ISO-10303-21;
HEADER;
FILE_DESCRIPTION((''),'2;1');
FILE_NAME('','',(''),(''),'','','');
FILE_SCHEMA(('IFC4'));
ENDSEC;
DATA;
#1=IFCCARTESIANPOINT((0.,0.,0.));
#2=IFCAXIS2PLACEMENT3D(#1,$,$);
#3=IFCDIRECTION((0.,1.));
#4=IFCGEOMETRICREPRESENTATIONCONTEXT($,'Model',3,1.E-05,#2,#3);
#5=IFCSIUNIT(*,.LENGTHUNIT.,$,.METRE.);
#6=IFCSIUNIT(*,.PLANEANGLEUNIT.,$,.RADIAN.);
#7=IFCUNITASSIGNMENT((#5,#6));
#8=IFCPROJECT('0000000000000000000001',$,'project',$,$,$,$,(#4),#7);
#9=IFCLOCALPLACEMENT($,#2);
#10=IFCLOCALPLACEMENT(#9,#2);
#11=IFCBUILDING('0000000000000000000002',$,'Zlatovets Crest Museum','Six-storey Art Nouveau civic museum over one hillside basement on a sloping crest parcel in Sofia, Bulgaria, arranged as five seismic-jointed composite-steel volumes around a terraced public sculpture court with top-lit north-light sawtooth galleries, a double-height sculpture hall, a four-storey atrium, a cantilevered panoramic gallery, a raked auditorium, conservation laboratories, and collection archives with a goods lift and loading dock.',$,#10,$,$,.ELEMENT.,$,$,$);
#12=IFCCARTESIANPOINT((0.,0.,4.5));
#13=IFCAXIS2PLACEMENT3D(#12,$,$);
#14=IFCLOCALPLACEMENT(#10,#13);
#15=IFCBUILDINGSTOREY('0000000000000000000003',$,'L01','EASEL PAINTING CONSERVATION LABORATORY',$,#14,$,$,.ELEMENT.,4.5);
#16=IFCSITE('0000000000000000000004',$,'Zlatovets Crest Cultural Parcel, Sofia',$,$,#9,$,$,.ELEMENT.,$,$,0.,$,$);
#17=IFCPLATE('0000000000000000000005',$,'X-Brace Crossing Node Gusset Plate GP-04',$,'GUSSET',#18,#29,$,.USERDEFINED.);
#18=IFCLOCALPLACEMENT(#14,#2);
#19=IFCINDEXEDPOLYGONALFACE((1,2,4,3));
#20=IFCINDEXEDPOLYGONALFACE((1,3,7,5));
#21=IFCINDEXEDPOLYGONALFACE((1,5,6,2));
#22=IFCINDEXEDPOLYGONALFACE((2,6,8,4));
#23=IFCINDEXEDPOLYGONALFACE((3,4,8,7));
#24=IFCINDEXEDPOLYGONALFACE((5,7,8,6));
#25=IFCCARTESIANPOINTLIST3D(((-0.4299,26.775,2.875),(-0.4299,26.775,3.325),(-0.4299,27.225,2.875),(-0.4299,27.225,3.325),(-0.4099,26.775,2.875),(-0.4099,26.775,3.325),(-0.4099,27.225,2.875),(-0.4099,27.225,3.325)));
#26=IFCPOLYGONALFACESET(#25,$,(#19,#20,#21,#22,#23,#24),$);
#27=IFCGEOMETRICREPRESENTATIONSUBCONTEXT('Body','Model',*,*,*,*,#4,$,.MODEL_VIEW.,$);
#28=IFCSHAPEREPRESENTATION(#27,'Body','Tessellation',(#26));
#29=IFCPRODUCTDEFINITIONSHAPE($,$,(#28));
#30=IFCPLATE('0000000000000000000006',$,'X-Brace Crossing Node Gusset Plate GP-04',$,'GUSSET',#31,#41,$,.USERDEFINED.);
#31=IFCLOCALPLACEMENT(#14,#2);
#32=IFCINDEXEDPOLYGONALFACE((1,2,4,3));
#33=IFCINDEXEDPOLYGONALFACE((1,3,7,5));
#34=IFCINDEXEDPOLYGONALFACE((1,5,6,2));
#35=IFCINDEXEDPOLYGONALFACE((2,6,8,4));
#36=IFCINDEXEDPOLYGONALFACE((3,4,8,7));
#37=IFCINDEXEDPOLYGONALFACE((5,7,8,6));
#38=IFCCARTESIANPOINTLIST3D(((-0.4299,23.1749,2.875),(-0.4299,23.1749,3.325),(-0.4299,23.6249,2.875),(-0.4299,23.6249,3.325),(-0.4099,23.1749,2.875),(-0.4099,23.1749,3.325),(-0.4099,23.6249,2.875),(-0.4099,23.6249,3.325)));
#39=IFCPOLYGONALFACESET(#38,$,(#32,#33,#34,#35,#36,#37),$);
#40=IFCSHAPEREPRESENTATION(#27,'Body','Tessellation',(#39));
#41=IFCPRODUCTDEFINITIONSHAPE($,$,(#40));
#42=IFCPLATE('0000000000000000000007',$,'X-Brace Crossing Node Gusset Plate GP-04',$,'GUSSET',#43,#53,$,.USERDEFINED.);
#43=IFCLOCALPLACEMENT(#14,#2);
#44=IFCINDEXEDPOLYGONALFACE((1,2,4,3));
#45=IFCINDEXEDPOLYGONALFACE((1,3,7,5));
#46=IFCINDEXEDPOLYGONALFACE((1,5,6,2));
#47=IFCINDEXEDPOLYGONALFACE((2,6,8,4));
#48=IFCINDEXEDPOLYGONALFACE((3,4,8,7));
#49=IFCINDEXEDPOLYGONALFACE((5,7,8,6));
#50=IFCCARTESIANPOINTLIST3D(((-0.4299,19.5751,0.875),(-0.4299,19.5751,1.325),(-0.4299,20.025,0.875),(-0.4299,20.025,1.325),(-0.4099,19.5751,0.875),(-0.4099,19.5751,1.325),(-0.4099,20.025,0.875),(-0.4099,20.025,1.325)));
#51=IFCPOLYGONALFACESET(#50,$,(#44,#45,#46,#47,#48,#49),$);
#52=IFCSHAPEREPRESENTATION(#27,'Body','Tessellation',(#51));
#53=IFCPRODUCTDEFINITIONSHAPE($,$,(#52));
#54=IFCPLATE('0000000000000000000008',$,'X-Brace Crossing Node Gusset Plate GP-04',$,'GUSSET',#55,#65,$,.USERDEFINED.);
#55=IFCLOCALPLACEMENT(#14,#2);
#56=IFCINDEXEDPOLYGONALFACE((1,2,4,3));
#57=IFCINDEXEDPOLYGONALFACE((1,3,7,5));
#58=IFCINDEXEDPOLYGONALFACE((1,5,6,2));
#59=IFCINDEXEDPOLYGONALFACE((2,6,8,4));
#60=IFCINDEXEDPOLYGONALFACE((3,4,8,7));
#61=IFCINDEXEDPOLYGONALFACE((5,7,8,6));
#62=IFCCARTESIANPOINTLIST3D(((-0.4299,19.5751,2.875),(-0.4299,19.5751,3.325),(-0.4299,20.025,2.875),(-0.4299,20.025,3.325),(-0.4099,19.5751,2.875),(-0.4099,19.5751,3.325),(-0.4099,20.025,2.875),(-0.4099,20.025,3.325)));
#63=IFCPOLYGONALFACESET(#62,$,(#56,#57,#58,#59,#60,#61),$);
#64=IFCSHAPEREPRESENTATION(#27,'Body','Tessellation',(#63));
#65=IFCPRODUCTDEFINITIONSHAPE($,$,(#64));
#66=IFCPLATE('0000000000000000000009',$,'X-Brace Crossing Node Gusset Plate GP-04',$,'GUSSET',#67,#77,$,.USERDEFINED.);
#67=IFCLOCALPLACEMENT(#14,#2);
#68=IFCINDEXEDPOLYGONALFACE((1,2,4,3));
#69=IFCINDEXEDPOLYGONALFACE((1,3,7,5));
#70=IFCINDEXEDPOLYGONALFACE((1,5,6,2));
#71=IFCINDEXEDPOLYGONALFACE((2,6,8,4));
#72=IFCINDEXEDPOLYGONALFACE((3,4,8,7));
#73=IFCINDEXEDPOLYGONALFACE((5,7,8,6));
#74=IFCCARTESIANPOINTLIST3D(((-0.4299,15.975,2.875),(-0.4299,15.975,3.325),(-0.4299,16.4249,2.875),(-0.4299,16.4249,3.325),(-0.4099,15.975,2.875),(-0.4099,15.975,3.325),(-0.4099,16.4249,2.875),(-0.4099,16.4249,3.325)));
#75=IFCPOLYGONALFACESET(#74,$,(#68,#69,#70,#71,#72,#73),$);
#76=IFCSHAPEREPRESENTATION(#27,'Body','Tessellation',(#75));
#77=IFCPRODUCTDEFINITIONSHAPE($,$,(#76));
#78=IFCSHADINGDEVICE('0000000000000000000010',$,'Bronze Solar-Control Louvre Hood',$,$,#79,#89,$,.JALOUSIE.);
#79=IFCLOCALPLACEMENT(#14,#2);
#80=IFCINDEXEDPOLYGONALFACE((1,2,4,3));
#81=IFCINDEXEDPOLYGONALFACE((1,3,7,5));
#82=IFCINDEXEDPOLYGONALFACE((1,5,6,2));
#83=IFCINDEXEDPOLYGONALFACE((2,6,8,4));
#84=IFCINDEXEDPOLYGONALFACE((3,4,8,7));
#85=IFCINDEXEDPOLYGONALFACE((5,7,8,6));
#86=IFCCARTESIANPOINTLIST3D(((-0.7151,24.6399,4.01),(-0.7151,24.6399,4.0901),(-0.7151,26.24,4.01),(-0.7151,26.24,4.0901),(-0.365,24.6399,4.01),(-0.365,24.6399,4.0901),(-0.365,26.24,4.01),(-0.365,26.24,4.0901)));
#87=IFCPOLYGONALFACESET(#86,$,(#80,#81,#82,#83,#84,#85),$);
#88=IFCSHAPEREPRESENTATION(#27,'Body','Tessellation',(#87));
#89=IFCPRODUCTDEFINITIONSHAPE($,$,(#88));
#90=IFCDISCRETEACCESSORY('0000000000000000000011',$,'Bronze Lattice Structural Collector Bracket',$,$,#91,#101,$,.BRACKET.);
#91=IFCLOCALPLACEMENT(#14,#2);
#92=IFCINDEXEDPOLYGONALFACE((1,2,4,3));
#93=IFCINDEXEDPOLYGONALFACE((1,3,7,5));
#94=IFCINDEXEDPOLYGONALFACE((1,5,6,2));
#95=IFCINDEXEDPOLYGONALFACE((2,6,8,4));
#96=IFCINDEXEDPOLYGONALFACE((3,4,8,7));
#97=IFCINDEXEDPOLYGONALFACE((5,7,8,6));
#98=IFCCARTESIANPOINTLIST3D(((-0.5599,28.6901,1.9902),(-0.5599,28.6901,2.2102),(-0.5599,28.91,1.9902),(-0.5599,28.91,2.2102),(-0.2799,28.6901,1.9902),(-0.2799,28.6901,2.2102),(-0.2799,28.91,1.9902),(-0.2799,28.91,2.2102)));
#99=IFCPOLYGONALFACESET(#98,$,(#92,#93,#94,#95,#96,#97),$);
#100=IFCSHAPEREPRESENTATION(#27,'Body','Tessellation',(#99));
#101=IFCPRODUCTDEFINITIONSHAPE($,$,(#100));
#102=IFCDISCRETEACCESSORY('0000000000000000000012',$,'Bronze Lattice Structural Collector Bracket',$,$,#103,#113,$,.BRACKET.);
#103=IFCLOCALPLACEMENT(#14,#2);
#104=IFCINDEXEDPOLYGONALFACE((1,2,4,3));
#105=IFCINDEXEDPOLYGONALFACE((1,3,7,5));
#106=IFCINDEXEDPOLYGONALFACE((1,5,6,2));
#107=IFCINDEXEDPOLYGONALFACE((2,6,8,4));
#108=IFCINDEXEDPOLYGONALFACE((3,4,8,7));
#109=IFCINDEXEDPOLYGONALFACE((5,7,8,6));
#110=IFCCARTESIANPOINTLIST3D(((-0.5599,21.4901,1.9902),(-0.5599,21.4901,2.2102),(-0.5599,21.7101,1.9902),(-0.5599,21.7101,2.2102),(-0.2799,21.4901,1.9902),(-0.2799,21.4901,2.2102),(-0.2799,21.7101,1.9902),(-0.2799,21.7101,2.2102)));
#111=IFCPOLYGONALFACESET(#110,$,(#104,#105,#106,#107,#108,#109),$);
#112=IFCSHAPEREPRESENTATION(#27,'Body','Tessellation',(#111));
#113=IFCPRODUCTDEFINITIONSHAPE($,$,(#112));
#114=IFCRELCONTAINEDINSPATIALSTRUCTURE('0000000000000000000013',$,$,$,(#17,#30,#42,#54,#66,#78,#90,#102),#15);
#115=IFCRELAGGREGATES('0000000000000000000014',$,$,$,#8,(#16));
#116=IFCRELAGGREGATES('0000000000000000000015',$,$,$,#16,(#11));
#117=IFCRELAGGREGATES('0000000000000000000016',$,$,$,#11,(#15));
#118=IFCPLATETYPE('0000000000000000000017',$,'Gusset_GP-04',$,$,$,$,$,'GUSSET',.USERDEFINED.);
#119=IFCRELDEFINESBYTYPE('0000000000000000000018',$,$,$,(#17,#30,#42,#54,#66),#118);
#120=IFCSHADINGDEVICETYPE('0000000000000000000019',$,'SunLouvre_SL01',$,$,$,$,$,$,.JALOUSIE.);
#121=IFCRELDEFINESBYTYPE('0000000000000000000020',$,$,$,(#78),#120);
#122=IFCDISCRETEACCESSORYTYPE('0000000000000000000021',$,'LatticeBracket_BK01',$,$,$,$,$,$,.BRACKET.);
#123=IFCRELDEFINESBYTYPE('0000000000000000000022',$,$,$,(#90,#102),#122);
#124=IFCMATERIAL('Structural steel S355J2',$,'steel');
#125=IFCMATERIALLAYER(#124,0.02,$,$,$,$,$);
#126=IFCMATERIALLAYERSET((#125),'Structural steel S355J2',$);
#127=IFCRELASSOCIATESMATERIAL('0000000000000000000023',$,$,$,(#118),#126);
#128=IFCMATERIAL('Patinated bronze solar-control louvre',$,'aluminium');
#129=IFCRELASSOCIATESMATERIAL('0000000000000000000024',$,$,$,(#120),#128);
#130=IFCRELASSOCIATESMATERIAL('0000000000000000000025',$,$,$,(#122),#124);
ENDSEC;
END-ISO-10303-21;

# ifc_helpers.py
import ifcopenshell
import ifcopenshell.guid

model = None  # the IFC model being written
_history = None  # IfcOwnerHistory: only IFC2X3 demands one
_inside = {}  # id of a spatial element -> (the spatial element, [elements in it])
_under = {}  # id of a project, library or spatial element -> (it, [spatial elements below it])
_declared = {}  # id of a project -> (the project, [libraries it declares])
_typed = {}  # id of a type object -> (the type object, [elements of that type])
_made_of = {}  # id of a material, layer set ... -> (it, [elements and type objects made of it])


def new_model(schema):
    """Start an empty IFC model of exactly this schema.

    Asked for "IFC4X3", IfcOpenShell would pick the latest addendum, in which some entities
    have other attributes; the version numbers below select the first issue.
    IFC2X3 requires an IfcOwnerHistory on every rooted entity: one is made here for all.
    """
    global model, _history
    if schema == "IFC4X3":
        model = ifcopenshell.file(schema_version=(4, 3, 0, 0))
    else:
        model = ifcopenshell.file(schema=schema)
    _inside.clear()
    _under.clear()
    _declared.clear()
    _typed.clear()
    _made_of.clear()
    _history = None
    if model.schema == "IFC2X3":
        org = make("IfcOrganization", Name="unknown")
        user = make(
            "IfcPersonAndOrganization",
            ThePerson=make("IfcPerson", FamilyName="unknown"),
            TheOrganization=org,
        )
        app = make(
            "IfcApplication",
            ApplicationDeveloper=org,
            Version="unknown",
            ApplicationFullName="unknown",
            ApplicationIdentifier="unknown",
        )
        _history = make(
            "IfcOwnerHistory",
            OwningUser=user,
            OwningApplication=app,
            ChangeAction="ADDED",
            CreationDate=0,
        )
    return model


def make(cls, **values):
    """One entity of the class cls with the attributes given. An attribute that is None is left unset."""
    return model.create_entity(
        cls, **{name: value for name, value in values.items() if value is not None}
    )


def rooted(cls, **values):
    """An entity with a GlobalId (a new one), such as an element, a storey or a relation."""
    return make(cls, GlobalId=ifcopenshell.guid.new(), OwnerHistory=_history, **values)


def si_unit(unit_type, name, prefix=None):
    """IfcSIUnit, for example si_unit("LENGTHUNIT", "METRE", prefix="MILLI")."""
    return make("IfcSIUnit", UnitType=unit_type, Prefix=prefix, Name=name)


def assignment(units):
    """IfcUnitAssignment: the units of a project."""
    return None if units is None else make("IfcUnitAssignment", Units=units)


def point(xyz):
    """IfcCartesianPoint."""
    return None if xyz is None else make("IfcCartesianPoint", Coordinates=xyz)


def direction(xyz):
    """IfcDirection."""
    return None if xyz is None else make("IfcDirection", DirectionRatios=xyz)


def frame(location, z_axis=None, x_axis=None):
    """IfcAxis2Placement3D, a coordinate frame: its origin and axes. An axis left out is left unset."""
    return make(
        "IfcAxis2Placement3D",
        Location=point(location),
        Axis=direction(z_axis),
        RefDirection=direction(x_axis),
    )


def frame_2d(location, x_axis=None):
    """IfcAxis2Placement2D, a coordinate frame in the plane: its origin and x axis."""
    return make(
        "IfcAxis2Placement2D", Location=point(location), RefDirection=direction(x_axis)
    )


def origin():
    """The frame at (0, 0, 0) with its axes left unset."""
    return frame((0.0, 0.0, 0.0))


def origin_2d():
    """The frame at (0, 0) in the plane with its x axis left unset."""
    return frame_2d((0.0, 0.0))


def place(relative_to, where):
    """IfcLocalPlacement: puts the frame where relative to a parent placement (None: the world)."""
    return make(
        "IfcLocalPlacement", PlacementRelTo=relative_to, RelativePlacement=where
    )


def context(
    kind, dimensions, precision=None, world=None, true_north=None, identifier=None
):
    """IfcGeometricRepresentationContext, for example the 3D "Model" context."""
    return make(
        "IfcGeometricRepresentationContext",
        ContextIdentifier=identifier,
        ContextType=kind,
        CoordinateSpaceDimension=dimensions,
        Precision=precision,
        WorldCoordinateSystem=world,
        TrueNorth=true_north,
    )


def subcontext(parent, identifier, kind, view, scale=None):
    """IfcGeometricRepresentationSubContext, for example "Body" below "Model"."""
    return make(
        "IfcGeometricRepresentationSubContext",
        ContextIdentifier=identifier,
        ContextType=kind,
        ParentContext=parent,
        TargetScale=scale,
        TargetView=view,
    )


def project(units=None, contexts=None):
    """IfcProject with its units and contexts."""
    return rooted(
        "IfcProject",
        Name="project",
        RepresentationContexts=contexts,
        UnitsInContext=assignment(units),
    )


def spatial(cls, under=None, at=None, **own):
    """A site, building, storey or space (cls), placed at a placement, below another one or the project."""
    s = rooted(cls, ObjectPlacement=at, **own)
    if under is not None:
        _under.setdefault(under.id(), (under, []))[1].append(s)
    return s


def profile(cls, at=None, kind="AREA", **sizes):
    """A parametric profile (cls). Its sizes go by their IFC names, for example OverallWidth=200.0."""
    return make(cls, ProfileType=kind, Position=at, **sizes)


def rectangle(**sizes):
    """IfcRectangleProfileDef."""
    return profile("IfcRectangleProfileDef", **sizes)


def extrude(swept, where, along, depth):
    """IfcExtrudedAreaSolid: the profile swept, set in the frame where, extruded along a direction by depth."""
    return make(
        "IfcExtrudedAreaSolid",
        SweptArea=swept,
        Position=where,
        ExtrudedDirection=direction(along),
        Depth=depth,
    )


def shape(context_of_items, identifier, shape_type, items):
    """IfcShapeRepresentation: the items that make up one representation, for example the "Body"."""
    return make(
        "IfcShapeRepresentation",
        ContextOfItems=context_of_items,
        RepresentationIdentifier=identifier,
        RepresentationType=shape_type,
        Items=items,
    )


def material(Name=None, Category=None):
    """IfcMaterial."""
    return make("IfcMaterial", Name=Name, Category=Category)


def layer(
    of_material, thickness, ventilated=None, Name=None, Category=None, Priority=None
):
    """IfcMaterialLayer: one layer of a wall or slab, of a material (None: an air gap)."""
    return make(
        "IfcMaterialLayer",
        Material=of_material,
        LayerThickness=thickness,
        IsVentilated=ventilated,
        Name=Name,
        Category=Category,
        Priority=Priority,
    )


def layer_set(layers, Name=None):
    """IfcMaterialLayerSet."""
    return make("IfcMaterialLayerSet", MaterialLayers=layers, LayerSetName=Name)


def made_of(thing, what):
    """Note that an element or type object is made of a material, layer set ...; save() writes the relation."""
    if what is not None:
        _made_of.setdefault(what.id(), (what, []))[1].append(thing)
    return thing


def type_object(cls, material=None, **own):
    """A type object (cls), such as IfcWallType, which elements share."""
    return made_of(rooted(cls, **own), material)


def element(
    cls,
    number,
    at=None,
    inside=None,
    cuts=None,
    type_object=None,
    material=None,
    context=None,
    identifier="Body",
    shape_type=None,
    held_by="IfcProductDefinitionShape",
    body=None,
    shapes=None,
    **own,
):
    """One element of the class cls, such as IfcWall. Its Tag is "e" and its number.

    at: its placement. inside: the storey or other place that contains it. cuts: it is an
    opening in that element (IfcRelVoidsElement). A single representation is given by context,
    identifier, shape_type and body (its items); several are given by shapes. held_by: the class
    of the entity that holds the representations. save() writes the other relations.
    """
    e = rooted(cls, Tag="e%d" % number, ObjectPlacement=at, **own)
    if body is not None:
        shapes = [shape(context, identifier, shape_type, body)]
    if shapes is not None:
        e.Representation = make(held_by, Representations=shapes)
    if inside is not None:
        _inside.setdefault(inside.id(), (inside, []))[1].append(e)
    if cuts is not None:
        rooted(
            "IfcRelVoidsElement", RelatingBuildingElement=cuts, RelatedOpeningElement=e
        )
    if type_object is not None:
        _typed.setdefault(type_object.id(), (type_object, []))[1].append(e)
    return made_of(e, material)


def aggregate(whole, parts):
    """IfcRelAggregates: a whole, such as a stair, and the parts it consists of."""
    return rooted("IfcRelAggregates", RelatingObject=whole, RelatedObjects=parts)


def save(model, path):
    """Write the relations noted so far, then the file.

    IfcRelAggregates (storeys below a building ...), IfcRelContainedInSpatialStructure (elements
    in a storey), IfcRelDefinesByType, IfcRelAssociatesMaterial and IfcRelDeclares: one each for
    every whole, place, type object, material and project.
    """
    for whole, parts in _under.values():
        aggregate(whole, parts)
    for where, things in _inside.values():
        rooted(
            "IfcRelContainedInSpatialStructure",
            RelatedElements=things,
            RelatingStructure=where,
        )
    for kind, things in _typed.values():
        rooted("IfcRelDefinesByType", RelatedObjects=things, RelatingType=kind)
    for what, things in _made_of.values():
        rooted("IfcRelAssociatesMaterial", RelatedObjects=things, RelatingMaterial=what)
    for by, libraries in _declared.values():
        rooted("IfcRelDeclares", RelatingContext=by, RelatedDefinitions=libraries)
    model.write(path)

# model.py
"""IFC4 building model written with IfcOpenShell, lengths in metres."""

from ifc_helpers import new_model, si_unit, direction, frame, origin, origin_2d, place, context, subcontext, project, spatial, rectangle, extrude, material, layer, layer_set, type_object, element, save


model = new_model("IFC4")

# Units and contexts
model_context = context("Model", 3, precision=1e-05, world=origin(), true_north=direction((0.0, 1.0)))
body_context = subcontext(model_context, "Body", "Model", "MODEL_VIEW")
ifc_project = project(units=[si_unit("LENGTHUNIT", "METRE"), si_unit("PLANEANGLEUNIT", "RADIAN")], contexts=[model_context])

# Site, building, storey
site_placement = place(None, origin())
site = spatial("IfcSite", under=ifc_project, at=site_placement, Name="Zlatovets Crest Cultural Parcel, Sofia", CompositionType="ELEMENT", RefElevation=0.0)
building_placement = place(site_placement, origin())
building = spatial("IfcBuilding", under=site, at=building_placement, Name="Zlatovets Crest Museum", Description="Six-storey Art Nouveau civic museum over one hillside basement on a sloping crest parcel in Sofia, Bulgaria, arranged as five seismic-jointed composite-steel volumes around a terraced public sculpture court with top-lit north-light sawtooth galleries, a double-height sculpture hall, a four-storey atrium, a cantilevered panoramic gallery, a raked auditorium, conservation laboratories, and collection archives with a goods lift and loading dock.", CompositionType="ELEMENT")
storey_placement = place(building_placement, frame((0.0, 0.0, 4.5)))
storey = spatial("IfcBuildingStorey", under=building, at=storey_placement, Name="L01", Description="EASEL PAINTING CONSERVATION LABORATORY", CompositionType="ELEMENT", Elevation=4.5)

# Shared definitions
ifc_material_1 = material(Name="Structural steel S355J2", Category="steel")

# Plates
ifc_layer_1 = layer(ifc_material_1, 0.02)
ifc_layer_set_1 = layer_set([ifc_layer_1], Name="Structural steel S355J2")
plate_type_1 = type_object("IfcPlateType", Name="Gusset_GP-04", ElementType="GUSSET", PredefinedType="USERDEFINED", material=ifc_layer_set_1)
for number, where, z_axis, x_axis, name in (
    (1, (-0.4199, 27.0, 2.875), (0.0, 0.0, 1.0), (1.0, 0.0, 0.0), "X-Brace Crossing Node Gusset Plate GP-04"),
    (2, (-0.4199, 23.3999, 2.875), (0.0, 0.0, 1.0), (1.0, 0.0, 0.0), "X-Brace Crossing Node Gusset Plate GP-04"),
    (3, (-0.4199, 19.8, 0.875), (0.0, 0.0, 1.0), (1.0, 0.0, 0.0), "X-Brace Crossing Node Gusset Plate GP-04"),
    (4, (-0.4199, 19.8, 2.875), (0.0, 0.0, 1.0), (1.0, 0.0, 0.0), "X-Brace Crossing Node Gusset Plate GP-04"),
    (5, (-0.4199, 16.2, 2.875), (0.0, 0.0, 1.0), (1.0, 0.0, 0.0), "X-Brace Crossing Node Gusset Plate GP-04"),
):
    element("IfcPlate", number, at=place(storey_placement, frame(where, z_axis=z_axis, x_axis=x_axis)), inside=storey, type_object=plate_type_1, Name=name, ObjectType="GUSSET", PredefinedType="USERDEFINED", context=body_context, shape_type="SweptSolid", body=[
        extrude(rectangle(XDim=0.02, YDim=0.45, at=origin_2d()), origin(), (0.0, 0.0, 1.0), 0.45),
    ])

# Shading device
ifc_material_2 = material(Name="Patinated bronze solar-control louvre", Category="aluminium")
shading_device_type = type_object("IfcShadingDeviceType", Name="SunLouvre_SL01", PredefinedType="JALOUSIE", material=ifc_material_2)
shading_device_placement = place(storey_placement, frame((-0.54, 25.4399, 4.01), z_axis=(0.0, 0.0, 1.0), x_axis=(0.0, 1.0, 0.0)))
element("IfcShadingDevice", 6, at=shading_device_placement, inside=storey, type_object=shading_device_type, Name="Bronze Solar-Control Louvre Hood", PredefinedType="JALOUSIE", context=body_context, shape_type="SweptSolid", body=[
    extrude(rectangle(XDim=1.6001, YDim=0.3501, at=origin_2d()), origin(), (0.0, 0.0, 1.0), 0.0801),
])

# Discrete accessories
discrete_accessory_type = type_object("IfcDiscreteAccessoryType", Name="LatticeBracket_BK01", PredefinedType="BRACKET", material=ifc_material_1)
for number, where, z_axis, x_axis, name in (
    (7, (-0.4199, 28.8, 1.9902), (0.0, 0.0, 1.0), (1.0, 0.0, 0.0), "Bronze Lattice Structural Collector Bracket"),
    (8, (-0.4199, 21.6001, 1.9902), (0.0, 0.0, 1.0), (1.0, 0.0, 0.0), "Bronze Lattice Structural Collector Bracket"),
):
    element("IfcDiscreteAccessory", number, at=place(storey_placement, frame(where, z_axis=z_axis, x_axis=x_axis)), inside=storey, type_object=discrete_accessory_type, Name=name, PredefinedType="BRACKET", context=body_context, shape_type="SweptSolid", body=[
        extrude(rectangle(XDim=0.28, YDim=0.22, at=origin_2d()), origin(), (0.0, 0.0, 1.0), 0.22),
    ])

save(model, "model.ifc")
